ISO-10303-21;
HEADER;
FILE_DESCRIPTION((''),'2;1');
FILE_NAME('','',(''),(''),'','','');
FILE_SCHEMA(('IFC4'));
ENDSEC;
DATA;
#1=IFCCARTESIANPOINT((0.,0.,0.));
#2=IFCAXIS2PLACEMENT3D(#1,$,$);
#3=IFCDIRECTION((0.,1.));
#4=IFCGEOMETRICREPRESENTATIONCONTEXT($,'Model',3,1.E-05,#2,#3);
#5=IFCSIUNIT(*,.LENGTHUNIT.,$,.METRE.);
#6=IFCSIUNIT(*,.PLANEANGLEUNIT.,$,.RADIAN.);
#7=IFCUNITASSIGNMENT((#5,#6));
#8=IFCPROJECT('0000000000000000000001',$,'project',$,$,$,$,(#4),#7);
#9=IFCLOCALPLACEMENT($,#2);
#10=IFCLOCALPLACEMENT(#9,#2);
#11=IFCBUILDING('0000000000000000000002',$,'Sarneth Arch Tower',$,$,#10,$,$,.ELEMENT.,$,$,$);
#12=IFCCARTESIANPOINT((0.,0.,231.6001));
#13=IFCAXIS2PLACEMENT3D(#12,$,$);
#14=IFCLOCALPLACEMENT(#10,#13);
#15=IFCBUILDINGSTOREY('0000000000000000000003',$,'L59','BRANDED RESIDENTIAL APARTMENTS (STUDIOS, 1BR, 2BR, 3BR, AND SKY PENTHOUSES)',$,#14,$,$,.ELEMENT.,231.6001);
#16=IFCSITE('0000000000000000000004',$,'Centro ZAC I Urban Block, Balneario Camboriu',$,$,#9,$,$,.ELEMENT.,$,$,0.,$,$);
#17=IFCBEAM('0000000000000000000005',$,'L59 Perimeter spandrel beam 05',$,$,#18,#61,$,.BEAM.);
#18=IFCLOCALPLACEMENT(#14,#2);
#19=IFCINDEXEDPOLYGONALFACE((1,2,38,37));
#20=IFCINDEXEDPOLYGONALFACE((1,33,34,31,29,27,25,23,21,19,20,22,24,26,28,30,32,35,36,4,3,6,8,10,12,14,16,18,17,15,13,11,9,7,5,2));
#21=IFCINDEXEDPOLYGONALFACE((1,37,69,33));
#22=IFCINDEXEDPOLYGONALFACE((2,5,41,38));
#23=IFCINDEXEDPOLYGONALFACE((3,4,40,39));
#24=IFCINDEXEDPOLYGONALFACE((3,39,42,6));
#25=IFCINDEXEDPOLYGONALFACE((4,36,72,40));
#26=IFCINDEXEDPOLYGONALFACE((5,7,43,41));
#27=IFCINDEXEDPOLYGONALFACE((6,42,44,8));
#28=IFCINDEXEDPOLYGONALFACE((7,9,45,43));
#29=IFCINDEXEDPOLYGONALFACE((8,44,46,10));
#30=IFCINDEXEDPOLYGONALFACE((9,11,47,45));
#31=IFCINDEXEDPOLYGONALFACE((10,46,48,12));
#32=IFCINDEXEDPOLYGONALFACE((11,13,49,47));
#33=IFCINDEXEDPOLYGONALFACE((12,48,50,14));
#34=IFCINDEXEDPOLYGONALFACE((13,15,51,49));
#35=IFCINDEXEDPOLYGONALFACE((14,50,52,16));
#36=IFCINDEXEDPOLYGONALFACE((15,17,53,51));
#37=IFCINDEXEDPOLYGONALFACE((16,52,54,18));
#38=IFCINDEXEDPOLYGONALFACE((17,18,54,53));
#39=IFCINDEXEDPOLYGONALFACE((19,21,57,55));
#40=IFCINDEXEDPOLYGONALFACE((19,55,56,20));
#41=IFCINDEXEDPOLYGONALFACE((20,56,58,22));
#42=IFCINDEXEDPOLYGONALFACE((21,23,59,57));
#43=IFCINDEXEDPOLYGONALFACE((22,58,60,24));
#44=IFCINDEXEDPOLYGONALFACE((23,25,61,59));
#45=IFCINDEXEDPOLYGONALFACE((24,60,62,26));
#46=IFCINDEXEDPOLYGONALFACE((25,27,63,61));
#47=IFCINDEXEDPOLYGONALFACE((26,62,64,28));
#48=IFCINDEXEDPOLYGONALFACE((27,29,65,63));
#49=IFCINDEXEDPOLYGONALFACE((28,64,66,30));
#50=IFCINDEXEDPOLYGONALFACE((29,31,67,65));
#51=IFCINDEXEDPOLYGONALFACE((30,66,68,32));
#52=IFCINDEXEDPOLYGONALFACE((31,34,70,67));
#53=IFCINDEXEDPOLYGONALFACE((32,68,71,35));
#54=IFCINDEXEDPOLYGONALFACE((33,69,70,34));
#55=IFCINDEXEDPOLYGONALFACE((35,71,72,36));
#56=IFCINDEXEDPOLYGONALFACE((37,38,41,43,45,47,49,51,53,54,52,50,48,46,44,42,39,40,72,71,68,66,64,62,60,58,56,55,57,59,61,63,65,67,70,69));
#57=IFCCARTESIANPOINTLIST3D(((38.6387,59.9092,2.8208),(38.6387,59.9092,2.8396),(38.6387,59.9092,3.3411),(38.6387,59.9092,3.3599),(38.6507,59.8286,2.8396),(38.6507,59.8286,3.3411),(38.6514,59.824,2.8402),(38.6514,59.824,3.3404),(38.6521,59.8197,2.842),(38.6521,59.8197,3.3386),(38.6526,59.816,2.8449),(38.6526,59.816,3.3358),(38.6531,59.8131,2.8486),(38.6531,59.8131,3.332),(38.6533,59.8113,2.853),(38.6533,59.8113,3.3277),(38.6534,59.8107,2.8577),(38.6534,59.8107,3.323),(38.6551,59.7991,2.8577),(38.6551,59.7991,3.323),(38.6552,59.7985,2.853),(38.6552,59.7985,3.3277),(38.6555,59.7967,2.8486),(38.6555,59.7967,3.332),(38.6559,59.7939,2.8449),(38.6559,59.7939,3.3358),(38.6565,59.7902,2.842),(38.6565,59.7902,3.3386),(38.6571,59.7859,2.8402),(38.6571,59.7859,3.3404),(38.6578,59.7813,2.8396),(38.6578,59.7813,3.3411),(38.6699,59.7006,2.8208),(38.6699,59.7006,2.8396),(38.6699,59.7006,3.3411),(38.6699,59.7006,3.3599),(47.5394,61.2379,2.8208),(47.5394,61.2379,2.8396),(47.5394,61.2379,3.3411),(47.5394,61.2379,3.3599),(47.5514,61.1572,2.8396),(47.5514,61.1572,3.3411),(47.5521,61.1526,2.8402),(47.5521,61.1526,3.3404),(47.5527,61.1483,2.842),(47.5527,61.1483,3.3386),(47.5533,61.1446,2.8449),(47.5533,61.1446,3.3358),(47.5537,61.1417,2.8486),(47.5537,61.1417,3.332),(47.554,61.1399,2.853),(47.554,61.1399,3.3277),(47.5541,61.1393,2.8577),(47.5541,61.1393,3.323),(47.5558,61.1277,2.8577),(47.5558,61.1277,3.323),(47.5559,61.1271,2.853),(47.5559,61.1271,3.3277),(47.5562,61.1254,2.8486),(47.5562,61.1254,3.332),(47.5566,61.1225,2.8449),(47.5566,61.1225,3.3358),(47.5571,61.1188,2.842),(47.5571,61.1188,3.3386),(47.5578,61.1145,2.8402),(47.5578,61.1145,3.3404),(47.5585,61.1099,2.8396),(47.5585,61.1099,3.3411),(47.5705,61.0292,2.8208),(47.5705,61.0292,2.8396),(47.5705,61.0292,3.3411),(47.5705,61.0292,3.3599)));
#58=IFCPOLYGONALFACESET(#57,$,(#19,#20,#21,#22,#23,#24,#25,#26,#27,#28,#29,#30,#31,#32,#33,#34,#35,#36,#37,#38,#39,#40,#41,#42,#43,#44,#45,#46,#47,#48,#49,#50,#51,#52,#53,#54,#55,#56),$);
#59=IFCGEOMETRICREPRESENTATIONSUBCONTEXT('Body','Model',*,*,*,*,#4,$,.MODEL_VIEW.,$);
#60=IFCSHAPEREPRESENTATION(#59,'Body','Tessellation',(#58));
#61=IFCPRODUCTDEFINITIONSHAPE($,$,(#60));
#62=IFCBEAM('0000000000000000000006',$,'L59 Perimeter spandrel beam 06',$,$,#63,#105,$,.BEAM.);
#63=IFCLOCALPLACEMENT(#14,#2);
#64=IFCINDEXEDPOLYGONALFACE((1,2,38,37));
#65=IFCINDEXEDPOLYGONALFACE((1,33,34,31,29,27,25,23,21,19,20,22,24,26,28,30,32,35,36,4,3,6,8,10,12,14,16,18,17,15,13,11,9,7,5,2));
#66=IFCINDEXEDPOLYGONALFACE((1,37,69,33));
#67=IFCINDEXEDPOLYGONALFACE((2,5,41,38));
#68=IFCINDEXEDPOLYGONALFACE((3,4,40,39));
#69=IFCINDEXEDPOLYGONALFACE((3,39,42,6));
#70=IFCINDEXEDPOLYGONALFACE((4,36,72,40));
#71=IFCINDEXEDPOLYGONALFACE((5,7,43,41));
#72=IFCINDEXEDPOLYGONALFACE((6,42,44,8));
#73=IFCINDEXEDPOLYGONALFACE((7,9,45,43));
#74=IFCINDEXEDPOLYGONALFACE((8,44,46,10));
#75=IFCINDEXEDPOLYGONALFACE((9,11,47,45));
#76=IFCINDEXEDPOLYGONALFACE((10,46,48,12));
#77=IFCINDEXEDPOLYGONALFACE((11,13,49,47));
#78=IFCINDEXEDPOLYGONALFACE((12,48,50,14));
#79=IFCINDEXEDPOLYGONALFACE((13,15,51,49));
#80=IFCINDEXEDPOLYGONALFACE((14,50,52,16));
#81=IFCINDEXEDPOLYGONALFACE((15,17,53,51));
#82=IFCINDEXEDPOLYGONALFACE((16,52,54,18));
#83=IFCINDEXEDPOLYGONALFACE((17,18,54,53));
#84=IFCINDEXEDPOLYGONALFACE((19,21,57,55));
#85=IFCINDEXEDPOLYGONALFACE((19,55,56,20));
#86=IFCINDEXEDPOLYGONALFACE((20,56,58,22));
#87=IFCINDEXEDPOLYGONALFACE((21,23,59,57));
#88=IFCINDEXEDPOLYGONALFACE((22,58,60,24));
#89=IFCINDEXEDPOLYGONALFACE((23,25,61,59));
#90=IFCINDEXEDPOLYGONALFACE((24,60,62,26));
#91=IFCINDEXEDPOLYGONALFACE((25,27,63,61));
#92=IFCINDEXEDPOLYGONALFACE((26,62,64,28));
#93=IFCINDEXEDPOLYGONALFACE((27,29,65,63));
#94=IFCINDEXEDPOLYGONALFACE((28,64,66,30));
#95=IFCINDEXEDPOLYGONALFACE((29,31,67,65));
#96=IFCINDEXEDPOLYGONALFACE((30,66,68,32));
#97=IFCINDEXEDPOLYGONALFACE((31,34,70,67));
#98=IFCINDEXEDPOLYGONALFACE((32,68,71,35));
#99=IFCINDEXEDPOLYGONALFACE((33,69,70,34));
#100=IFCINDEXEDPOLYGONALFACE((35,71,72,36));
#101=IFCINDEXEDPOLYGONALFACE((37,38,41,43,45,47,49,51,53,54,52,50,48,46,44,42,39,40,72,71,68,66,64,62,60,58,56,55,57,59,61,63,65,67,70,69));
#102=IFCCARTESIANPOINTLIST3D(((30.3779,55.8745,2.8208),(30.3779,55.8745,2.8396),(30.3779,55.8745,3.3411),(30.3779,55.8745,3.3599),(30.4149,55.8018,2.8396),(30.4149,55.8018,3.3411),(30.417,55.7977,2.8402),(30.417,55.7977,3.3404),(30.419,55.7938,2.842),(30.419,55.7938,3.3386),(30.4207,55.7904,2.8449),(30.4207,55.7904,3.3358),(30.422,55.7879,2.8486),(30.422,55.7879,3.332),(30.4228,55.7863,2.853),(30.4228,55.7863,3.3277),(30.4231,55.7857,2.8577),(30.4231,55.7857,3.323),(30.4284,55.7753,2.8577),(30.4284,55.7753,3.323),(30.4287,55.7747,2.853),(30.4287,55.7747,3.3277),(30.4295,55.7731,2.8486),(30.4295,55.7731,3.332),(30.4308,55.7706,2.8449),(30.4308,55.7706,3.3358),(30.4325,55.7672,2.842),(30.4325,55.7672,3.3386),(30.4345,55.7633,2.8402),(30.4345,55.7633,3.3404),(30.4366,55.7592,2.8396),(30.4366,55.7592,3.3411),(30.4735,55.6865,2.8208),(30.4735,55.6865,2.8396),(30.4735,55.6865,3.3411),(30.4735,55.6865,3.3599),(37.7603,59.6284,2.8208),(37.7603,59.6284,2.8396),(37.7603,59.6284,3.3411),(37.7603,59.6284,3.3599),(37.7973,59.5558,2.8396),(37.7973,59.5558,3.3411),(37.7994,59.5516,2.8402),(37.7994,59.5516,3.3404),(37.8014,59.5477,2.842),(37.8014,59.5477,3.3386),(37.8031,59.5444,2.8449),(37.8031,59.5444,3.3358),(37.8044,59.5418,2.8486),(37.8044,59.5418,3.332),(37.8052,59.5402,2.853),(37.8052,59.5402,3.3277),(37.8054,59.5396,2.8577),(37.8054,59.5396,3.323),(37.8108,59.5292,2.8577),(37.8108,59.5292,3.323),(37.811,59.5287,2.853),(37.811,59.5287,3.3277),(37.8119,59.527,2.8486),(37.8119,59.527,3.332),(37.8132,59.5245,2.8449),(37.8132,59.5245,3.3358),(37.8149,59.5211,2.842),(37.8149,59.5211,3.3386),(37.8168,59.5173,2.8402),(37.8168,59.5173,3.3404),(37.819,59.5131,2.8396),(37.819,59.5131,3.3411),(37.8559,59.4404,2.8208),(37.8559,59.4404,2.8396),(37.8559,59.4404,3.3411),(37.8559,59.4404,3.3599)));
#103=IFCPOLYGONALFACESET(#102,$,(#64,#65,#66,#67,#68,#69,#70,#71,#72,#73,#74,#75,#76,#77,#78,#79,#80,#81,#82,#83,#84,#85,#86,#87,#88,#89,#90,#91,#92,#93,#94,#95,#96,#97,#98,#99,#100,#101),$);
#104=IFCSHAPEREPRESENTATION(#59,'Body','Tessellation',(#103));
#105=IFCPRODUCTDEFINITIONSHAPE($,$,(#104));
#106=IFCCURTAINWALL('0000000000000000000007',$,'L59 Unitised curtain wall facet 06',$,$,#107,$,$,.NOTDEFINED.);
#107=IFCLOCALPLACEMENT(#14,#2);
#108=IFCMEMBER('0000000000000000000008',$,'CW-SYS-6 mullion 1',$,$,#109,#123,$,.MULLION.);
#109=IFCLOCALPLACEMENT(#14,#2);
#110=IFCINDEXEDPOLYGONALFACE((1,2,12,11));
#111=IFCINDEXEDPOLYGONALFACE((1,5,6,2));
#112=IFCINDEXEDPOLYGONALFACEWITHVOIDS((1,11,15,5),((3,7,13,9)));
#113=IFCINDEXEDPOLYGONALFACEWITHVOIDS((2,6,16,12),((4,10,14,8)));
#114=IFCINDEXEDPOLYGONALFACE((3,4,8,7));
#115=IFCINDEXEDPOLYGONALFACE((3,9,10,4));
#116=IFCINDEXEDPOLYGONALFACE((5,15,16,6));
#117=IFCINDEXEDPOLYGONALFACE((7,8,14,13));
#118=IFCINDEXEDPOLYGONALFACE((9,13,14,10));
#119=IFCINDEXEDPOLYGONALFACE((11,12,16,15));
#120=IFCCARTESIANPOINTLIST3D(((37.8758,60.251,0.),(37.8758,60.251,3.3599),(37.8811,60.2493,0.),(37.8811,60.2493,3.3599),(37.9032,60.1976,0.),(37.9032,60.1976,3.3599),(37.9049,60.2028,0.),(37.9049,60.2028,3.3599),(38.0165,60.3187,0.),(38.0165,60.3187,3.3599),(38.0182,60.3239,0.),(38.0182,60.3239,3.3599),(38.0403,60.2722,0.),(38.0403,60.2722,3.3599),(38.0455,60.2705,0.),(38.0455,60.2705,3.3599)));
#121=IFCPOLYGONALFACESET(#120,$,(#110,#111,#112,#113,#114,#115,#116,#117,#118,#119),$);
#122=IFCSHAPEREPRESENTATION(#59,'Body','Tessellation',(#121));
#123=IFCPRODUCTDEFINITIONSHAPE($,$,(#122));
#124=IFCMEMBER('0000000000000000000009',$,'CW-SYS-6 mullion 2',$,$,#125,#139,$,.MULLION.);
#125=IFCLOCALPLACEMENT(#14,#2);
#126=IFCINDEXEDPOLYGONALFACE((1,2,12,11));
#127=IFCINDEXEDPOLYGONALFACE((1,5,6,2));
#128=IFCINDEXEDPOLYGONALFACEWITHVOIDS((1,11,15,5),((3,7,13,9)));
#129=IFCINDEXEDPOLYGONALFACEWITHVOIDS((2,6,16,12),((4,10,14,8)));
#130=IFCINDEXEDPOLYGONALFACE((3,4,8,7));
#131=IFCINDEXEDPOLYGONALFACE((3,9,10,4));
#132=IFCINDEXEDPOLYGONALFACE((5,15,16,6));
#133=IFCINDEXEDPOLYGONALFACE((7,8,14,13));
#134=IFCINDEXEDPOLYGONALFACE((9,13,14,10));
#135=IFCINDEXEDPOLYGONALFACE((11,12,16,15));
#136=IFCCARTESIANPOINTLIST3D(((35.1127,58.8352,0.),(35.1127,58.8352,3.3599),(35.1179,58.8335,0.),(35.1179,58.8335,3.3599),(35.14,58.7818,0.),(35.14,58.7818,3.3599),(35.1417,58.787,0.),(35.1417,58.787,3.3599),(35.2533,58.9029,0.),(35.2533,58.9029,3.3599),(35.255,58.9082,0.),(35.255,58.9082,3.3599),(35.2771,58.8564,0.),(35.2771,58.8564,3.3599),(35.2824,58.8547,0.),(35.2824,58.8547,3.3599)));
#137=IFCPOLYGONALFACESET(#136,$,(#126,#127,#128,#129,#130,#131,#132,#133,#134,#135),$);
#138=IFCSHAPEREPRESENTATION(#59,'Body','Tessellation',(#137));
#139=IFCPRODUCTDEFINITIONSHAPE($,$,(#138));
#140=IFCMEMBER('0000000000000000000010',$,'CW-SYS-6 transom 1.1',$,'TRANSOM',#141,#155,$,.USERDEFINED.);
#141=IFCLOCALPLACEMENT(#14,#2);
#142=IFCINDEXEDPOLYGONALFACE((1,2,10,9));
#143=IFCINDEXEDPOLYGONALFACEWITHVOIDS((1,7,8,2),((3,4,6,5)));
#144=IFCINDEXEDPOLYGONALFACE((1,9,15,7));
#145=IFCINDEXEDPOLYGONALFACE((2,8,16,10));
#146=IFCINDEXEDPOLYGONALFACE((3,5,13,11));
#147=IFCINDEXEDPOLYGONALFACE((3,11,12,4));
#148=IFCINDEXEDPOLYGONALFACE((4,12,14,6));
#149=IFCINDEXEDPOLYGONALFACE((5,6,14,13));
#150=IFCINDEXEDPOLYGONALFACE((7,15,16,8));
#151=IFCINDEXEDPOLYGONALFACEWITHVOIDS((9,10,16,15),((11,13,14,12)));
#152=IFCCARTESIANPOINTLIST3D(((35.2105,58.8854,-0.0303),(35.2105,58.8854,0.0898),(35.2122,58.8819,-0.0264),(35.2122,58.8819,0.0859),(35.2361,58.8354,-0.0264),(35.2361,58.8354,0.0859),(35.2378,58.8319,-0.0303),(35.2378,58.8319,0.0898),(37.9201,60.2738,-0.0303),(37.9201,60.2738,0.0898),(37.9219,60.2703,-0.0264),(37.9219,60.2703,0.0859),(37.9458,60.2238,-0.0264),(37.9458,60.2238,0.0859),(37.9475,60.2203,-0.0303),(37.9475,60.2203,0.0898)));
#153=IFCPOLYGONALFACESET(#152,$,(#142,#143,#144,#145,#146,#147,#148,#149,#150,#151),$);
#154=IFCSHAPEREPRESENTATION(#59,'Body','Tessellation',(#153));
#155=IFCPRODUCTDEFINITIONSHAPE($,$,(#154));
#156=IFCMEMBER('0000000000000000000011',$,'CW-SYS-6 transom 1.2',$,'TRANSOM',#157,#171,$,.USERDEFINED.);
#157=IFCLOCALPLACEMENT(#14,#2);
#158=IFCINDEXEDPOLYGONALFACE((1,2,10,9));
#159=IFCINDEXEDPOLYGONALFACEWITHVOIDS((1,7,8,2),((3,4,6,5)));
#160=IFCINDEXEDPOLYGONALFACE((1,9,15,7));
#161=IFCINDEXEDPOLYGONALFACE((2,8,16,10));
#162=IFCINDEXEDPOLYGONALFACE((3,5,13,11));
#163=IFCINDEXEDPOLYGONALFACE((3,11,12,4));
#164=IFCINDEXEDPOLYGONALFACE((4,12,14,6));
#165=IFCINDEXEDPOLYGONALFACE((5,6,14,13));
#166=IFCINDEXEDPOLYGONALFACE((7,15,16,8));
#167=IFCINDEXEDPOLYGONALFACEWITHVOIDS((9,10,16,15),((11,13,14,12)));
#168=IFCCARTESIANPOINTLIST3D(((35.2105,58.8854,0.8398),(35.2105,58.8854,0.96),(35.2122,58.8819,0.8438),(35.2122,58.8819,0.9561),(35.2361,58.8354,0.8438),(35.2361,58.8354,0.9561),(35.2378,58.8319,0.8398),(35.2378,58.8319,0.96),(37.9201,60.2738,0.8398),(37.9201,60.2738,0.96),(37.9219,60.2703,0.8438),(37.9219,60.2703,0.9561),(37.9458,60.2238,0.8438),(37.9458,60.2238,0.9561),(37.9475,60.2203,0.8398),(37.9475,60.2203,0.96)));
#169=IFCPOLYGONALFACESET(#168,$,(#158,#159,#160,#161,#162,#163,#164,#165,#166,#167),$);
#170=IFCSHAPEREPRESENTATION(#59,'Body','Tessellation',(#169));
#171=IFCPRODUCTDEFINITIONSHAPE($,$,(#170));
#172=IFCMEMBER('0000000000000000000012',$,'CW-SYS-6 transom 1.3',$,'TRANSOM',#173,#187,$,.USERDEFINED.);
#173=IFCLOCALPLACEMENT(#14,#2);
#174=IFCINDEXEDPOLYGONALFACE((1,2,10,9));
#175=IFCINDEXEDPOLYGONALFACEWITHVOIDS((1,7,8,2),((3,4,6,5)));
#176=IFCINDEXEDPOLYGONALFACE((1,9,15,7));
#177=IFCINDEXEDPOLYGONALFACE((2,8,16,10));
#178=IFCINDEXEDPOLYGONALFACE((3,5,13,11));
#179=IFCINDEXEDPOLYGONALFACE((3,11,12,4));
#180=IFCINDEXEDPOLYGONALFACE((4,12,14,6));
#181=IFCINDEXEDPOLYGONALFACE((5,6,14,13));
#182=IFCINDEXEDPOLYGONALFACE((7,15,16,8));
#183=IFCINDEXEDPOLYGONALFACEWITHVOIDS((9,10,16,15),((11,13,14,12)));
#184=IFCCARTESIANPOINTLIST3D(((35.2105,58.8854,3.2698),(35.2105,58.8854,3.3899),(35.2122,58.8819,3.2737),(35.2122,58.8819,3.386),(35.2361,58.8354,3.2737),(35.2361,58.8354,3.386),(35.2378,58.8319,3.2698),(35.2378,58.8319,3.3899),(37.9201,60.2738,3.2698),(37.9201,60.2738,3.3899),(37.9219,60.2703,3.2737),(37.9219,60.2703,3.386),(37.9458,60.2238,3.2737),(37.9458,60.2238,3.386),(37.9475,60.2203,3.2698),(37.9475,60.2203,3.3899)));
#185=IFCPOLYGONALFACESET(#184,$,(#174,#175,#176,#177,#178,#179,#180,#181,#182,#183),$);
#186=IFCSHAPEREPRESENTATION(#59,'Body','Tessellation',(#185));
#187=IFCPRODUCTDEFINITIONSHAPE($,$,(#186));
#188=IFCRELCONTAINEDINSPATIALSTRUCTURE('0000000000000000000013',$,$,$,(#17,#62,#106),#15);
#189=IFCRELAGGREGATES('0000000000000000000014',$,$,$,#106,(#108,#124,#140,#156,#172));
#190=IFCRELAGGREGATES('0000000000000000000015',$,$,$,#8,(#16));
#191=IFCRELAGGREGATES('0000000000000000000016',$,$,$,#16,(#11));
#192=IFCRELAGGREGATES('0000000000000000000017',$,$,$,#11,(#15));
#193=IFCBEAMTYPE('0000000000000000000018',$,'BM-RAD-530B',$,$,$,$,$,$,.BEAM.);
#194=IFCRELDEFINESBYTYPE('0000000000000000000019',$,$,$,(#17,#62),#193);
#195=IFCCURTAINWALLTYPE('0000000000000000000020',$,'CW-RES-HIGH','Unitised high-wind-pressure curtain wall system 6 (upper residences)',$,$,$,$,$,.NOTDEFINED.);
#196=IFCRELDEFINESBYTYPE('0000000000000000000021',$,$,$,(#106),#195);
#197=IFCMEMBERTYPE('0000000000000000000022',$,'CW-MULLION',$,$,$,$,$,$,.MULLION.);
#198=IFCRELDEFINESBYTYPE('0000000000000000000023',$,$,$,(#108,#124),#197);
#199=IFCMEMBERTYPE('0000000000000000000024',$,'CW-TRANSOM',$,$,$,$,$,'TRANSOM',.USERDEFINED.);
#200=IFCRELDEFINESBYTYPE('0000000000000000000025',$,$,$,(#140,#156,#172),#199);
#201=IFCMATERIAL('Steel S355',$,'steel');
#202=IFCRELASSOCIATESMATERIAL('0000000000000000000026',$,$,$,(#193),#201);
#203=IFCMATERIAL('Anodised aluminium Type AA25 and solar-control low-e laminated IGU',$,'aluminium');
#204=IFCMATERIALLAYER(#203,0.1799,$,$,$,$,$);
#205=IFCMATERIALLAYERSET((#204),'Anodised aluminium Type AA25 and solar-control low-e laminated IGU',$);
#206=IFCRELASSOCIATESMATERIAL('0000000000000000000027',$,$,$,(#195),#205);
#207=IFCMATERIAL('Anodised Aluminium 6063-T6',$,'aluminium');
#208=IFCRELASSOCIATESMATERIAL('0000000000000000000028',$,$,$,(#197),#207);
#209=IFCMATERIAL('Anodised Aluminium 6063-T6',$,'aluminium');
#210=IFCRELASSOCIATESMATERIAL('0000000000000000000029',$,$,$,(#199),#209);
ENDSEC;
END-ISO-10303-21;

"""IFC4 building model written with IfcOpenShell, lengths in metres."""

from ifc_helpers import new_model, si_unit, direction, frame, origin, origin_2d, place, context, subcontext, project, spatial, hollow_rectangle, i_section, extrude, material, layer, layer_set, material_profile, profile_set, type_object, element, aggregate, save


model = new_model("IFC4")

# Units and contexts
model_context = context("Model", 3, precision=1e-05, world=origin(), true_north=direction((0.0, 1.0)))
body_context = subcontext(model_context, "Body", "Model", "MODEL_VIEW")
ifc_project = project(units=[si_unit("LENGTHUNIT", "METRE"), si_unit("PLANEANGLEUNIT", "RADIAN")], contexts=[model_context])

# Site, building, storey
site_placement = place(None, origin())
site = spatial("IfcSite", under=ifc_project, at=site_placement, Name="Centro ZAC I Urban Block, Balneario Camboriu", CompositionType="ELEMENT", RefElevation=0.0)
building_placement = place(site_placement, origin())
building = spatial("IfcBuilding", under=site, at=building_placement, Name="Sarneth Arch Tower", CompositionType="ELEMENT")
storey_placement = place(building_placement, frame((0.0, 0.0, 231.6001)))
storey = spatial("IfcBuildingStorey", under=building, at=storey_placement, Name="L59", Description="BRANDED RESIDENTIAL APARTMENTS (STUDIOS, 1BR, 2BR, 3BR, AND SKY PENTHOUSES)", CompositionType="ELEMENT", Elevation=231.6001)

# Beams
ifc_material_1 = material(Name="Steel S355", Category="steel")
ifc_material_profile_1 = material_profile(ifc_material_1, i_section(OverallWidth=0.2109, OverallDepth=0.5391, WebThickness=0.0117, FlangeThickness=0.0188, FilletRadius=0.0181, at=origin_2d()), Name="W530x109")
ifc_profile_set_1 = profile_set([ifc_material_profile_1], Name="Steel S355")
beam_type = type_object("IfcBeamType", Name="BM-RAD-530B", PredefinedType="BEAM", material=ifc_profile_set_1)
beam_1_placement = place(storey_placement, frame((47.5549, 61.1335, 3.0903), z_axis=(-0.989042, -0.147636, 0.0), x_axis=(0.147636, -0.989042, 0.0)))
element("IfcBeam", 1, at=beam_1_placement, inside=storey, type_object=beam_type, Name="L59 Perimeter spandrel beam 05", PredefinedType="BEAM", context=body_context, shape_type="SweptSolid", body=[
    extrude(i_section(OverallWidth=0.2109, OverallDepth=0.5391, WebThickness=0.0117, FlangeThickness=0.0188, FilletRadius=0.0181, at=origin_2d()), origin(), (0.0, 0.0, 1.0), 8.9993),
])
beam_2_placement = place(storey_placement, frame((37.8081, 59.5344, 3.0903), z_axis=(-0.891376, -0.453264, 0.0), x_axis=(0.453264, -0.891376, 0.0)))
element("IfcBeam", 2, at=beam_2_placement, inside=storey, type_object=beam_type, Name="L59 Perimeter spandrel beam 06", PredefinedType="BEAM", context=body_context, shape_type="SweptSolid", body=[
    extrude(i_section(OverallWidth=0.2109, OverallDepth=0.5391, WebThickness=0.0117, FlangeThickness=0.0188, FilletRadius=0.0181, at=origin_2d()), origin(), (0.0, 0.0, 1.0), 8.282),
])

# Curtain wall, members
ifc_material_2 = material(Name="Anodised aluminium Type AA25 and solar-control low-e laminated IGU", Category="aluminium")
ifc_layer_1 = layer(ifc_material_2, 0.1799)
ifc_layer_set_1 = layer_set([ifc_layer_1], Name="Anodised aluminium Type AA25 and solar-control low-e laminated IGU")
curtain_wall_type = type_object("IfcCurtainWallType", Name="CW-RES-HIGH", Description="Unitised high-wind-pressure curtain wall system 6 (upper residences)", PredefinedType="NOTDEFINED", material=ifc_layer_set_1)
curtain_wall_placement = place(storey_placement, origin())
curtain_wall = element("IfcCurtainWall", 3, at=curtain_wall_placement, inside=storey, type_object=curtain_wall_type, Name="L59 Unitised curtain wall facet 06", PredefinedType="NOTDEFINED")
ifc_material_3 = material(Name="Anodised Aluminium 6063-T6", Category="aluminium")
ifc_material_profile_2 = material_profile(ifc_material_3, hollow_rectangle(XDim=0.0601, YDim=0.1599, WallThickness=0.0039, at=origin_2d()), Name="AL-MULL-160x60x4")
ifc_profile_set_2 = profile_set([ifc_material_profile_2], Name="Anodised Aluminium 6063-T6")
member_type_1 = type_object("IfcMemberType", Name="CW-MULLION", PredefinedType="MULLION", material=ifc_profile_set_2)
member_1_placement = place(storey_placement, frame((37.9607, 60.2607, 0.0), z_axis=(0.0, 0.0, 1.0), x_axis=(0.455942, -0.89001, 0.0)))
member_1 = element("IfcMember", 4, at=member_1_placement, type_object=member_type_1, Name="CW-SYS-6 mullion 1", PredefinedType="MULLION", context=body_context, shape_type="SweptSolid", body=[
    extrude(hollow_rectangle(XDim=0.0601, YDim=0.1599, WallThickness=0.0039, at=origin_2d()), origin(), (0.0, 0.0, 1.0), 3.3599),
])
member_2_placement = place(storey_placement, frame((35.1975, 58.845, 0.0), z_axis=(0.0, 0.0, 1.0), x_axis=(0.455942, -0.89001, 0.0)))
member_2 = element("IfcMember", 5, at=member_2_placement, type_object=member_type_1, Name="CW-SYS-6 mullion 2", PredefinedType="MULLION", context=body_context, shape_type="SweptSolid", body=[
    extrude(hollow_rectangle(XDim=0.0601, YDim=0.1599, WallThickness=0.0039, at=origin_2d()), origin(), (0.0, 0.0, 1.0), 3.3599),
])
ifc_material_4 = material(Name="Anodised Aluminium 6063-T6", Category="aluminium")
ifc_material_profile_3 = material_profile(ifc_material_4, hollow_rectangle(XDim=0.0601, YDim=0.1201, WallThickness=0.0039, at=origin_2d()), Name="AL-TRAN-120x60x4")
ifc_profile_set_3 = profile_set([ifc_material_profile_3], Name="Anodised Aluminium 6063-T6")
member_type_2 = type_object("IfcMemberType", Name="CW-TRANSOM", ElementType="TRANSOM", PredefinedType="USERDEFINED", material=ifc_profile_set_3)
member_3_placement = place(storey_placement, frame((37.9338, 60.2471, 0.0298), z_axis=(-0.889974, -0.456012, 0.0), x_axis=(0.456012, -0.889974, 0.0)))
member_3 = element("IfcMember", 6, at=member_3_placement, type_object=member_type_2, Name="CW-SYS-6 transom 1.1", ObjectType="TRANSOM", PredefinedType="USERDEFINED", context=body_context, shape_type="SweptSolid", body=[
    extrude(hollow_rectangle(XDim=0.0601, YDim=0.1201, WallThickness=0.0039, at=origin_2d()), origin(), (0.0, 0.0, 1.0), 3.0447),
])
member_4_placement = place(storey_placement, frame((37.9338, 60.2471, 0.8999), z_axis=(-0.889974, -0.456012, 0.0), x_axis=(0.456012, -0.889974, 0.0)))
member_4 = element("IfcMember", 7, at=member_4_placement, type_object=member_type_2, Name="CW-SYS-6 transom 1.2", ObjectType="TRANSOM", PredefinedType="USERDEFINED", context=body_context, shape_type="SweptSolid", body=[
    extrude(hollow_rectangle(XDim=0.0601, YDim=0.1201, WallThickness=0.0039, at=origin_2d()), origin(), (0.0, 0.0, 1.0), 3.0447),
])
member_5_placement = place(storey_placement, frame((37.9338, 60.2471, 3.3298), z_axis=(-0.889974, -0.456012, 0.0), x_axis=(0.456012, -0.889974, 0.0)))
member_5 = element("IfcMember", 8, at=member_5_placement, type_object=member_type_2, Name="CW-SYS-6 transom 1.3", ObjectType="TRANSOM", PredefinedType="USERDEFINED", context=body_context, shape_type="SweptSolid", body=[
    extrude(hollow_rectangle(XDim=0.0601, YDim=0.1201, WallThickness=0.0039, at=origin_2d()), origin(), (0.0, 0.0, 1.0), 3.0447),
])

aggregate(curtain_wall, [member_1, member_2, member_3, member_4, member_5])

save(model, "model.ifc")
